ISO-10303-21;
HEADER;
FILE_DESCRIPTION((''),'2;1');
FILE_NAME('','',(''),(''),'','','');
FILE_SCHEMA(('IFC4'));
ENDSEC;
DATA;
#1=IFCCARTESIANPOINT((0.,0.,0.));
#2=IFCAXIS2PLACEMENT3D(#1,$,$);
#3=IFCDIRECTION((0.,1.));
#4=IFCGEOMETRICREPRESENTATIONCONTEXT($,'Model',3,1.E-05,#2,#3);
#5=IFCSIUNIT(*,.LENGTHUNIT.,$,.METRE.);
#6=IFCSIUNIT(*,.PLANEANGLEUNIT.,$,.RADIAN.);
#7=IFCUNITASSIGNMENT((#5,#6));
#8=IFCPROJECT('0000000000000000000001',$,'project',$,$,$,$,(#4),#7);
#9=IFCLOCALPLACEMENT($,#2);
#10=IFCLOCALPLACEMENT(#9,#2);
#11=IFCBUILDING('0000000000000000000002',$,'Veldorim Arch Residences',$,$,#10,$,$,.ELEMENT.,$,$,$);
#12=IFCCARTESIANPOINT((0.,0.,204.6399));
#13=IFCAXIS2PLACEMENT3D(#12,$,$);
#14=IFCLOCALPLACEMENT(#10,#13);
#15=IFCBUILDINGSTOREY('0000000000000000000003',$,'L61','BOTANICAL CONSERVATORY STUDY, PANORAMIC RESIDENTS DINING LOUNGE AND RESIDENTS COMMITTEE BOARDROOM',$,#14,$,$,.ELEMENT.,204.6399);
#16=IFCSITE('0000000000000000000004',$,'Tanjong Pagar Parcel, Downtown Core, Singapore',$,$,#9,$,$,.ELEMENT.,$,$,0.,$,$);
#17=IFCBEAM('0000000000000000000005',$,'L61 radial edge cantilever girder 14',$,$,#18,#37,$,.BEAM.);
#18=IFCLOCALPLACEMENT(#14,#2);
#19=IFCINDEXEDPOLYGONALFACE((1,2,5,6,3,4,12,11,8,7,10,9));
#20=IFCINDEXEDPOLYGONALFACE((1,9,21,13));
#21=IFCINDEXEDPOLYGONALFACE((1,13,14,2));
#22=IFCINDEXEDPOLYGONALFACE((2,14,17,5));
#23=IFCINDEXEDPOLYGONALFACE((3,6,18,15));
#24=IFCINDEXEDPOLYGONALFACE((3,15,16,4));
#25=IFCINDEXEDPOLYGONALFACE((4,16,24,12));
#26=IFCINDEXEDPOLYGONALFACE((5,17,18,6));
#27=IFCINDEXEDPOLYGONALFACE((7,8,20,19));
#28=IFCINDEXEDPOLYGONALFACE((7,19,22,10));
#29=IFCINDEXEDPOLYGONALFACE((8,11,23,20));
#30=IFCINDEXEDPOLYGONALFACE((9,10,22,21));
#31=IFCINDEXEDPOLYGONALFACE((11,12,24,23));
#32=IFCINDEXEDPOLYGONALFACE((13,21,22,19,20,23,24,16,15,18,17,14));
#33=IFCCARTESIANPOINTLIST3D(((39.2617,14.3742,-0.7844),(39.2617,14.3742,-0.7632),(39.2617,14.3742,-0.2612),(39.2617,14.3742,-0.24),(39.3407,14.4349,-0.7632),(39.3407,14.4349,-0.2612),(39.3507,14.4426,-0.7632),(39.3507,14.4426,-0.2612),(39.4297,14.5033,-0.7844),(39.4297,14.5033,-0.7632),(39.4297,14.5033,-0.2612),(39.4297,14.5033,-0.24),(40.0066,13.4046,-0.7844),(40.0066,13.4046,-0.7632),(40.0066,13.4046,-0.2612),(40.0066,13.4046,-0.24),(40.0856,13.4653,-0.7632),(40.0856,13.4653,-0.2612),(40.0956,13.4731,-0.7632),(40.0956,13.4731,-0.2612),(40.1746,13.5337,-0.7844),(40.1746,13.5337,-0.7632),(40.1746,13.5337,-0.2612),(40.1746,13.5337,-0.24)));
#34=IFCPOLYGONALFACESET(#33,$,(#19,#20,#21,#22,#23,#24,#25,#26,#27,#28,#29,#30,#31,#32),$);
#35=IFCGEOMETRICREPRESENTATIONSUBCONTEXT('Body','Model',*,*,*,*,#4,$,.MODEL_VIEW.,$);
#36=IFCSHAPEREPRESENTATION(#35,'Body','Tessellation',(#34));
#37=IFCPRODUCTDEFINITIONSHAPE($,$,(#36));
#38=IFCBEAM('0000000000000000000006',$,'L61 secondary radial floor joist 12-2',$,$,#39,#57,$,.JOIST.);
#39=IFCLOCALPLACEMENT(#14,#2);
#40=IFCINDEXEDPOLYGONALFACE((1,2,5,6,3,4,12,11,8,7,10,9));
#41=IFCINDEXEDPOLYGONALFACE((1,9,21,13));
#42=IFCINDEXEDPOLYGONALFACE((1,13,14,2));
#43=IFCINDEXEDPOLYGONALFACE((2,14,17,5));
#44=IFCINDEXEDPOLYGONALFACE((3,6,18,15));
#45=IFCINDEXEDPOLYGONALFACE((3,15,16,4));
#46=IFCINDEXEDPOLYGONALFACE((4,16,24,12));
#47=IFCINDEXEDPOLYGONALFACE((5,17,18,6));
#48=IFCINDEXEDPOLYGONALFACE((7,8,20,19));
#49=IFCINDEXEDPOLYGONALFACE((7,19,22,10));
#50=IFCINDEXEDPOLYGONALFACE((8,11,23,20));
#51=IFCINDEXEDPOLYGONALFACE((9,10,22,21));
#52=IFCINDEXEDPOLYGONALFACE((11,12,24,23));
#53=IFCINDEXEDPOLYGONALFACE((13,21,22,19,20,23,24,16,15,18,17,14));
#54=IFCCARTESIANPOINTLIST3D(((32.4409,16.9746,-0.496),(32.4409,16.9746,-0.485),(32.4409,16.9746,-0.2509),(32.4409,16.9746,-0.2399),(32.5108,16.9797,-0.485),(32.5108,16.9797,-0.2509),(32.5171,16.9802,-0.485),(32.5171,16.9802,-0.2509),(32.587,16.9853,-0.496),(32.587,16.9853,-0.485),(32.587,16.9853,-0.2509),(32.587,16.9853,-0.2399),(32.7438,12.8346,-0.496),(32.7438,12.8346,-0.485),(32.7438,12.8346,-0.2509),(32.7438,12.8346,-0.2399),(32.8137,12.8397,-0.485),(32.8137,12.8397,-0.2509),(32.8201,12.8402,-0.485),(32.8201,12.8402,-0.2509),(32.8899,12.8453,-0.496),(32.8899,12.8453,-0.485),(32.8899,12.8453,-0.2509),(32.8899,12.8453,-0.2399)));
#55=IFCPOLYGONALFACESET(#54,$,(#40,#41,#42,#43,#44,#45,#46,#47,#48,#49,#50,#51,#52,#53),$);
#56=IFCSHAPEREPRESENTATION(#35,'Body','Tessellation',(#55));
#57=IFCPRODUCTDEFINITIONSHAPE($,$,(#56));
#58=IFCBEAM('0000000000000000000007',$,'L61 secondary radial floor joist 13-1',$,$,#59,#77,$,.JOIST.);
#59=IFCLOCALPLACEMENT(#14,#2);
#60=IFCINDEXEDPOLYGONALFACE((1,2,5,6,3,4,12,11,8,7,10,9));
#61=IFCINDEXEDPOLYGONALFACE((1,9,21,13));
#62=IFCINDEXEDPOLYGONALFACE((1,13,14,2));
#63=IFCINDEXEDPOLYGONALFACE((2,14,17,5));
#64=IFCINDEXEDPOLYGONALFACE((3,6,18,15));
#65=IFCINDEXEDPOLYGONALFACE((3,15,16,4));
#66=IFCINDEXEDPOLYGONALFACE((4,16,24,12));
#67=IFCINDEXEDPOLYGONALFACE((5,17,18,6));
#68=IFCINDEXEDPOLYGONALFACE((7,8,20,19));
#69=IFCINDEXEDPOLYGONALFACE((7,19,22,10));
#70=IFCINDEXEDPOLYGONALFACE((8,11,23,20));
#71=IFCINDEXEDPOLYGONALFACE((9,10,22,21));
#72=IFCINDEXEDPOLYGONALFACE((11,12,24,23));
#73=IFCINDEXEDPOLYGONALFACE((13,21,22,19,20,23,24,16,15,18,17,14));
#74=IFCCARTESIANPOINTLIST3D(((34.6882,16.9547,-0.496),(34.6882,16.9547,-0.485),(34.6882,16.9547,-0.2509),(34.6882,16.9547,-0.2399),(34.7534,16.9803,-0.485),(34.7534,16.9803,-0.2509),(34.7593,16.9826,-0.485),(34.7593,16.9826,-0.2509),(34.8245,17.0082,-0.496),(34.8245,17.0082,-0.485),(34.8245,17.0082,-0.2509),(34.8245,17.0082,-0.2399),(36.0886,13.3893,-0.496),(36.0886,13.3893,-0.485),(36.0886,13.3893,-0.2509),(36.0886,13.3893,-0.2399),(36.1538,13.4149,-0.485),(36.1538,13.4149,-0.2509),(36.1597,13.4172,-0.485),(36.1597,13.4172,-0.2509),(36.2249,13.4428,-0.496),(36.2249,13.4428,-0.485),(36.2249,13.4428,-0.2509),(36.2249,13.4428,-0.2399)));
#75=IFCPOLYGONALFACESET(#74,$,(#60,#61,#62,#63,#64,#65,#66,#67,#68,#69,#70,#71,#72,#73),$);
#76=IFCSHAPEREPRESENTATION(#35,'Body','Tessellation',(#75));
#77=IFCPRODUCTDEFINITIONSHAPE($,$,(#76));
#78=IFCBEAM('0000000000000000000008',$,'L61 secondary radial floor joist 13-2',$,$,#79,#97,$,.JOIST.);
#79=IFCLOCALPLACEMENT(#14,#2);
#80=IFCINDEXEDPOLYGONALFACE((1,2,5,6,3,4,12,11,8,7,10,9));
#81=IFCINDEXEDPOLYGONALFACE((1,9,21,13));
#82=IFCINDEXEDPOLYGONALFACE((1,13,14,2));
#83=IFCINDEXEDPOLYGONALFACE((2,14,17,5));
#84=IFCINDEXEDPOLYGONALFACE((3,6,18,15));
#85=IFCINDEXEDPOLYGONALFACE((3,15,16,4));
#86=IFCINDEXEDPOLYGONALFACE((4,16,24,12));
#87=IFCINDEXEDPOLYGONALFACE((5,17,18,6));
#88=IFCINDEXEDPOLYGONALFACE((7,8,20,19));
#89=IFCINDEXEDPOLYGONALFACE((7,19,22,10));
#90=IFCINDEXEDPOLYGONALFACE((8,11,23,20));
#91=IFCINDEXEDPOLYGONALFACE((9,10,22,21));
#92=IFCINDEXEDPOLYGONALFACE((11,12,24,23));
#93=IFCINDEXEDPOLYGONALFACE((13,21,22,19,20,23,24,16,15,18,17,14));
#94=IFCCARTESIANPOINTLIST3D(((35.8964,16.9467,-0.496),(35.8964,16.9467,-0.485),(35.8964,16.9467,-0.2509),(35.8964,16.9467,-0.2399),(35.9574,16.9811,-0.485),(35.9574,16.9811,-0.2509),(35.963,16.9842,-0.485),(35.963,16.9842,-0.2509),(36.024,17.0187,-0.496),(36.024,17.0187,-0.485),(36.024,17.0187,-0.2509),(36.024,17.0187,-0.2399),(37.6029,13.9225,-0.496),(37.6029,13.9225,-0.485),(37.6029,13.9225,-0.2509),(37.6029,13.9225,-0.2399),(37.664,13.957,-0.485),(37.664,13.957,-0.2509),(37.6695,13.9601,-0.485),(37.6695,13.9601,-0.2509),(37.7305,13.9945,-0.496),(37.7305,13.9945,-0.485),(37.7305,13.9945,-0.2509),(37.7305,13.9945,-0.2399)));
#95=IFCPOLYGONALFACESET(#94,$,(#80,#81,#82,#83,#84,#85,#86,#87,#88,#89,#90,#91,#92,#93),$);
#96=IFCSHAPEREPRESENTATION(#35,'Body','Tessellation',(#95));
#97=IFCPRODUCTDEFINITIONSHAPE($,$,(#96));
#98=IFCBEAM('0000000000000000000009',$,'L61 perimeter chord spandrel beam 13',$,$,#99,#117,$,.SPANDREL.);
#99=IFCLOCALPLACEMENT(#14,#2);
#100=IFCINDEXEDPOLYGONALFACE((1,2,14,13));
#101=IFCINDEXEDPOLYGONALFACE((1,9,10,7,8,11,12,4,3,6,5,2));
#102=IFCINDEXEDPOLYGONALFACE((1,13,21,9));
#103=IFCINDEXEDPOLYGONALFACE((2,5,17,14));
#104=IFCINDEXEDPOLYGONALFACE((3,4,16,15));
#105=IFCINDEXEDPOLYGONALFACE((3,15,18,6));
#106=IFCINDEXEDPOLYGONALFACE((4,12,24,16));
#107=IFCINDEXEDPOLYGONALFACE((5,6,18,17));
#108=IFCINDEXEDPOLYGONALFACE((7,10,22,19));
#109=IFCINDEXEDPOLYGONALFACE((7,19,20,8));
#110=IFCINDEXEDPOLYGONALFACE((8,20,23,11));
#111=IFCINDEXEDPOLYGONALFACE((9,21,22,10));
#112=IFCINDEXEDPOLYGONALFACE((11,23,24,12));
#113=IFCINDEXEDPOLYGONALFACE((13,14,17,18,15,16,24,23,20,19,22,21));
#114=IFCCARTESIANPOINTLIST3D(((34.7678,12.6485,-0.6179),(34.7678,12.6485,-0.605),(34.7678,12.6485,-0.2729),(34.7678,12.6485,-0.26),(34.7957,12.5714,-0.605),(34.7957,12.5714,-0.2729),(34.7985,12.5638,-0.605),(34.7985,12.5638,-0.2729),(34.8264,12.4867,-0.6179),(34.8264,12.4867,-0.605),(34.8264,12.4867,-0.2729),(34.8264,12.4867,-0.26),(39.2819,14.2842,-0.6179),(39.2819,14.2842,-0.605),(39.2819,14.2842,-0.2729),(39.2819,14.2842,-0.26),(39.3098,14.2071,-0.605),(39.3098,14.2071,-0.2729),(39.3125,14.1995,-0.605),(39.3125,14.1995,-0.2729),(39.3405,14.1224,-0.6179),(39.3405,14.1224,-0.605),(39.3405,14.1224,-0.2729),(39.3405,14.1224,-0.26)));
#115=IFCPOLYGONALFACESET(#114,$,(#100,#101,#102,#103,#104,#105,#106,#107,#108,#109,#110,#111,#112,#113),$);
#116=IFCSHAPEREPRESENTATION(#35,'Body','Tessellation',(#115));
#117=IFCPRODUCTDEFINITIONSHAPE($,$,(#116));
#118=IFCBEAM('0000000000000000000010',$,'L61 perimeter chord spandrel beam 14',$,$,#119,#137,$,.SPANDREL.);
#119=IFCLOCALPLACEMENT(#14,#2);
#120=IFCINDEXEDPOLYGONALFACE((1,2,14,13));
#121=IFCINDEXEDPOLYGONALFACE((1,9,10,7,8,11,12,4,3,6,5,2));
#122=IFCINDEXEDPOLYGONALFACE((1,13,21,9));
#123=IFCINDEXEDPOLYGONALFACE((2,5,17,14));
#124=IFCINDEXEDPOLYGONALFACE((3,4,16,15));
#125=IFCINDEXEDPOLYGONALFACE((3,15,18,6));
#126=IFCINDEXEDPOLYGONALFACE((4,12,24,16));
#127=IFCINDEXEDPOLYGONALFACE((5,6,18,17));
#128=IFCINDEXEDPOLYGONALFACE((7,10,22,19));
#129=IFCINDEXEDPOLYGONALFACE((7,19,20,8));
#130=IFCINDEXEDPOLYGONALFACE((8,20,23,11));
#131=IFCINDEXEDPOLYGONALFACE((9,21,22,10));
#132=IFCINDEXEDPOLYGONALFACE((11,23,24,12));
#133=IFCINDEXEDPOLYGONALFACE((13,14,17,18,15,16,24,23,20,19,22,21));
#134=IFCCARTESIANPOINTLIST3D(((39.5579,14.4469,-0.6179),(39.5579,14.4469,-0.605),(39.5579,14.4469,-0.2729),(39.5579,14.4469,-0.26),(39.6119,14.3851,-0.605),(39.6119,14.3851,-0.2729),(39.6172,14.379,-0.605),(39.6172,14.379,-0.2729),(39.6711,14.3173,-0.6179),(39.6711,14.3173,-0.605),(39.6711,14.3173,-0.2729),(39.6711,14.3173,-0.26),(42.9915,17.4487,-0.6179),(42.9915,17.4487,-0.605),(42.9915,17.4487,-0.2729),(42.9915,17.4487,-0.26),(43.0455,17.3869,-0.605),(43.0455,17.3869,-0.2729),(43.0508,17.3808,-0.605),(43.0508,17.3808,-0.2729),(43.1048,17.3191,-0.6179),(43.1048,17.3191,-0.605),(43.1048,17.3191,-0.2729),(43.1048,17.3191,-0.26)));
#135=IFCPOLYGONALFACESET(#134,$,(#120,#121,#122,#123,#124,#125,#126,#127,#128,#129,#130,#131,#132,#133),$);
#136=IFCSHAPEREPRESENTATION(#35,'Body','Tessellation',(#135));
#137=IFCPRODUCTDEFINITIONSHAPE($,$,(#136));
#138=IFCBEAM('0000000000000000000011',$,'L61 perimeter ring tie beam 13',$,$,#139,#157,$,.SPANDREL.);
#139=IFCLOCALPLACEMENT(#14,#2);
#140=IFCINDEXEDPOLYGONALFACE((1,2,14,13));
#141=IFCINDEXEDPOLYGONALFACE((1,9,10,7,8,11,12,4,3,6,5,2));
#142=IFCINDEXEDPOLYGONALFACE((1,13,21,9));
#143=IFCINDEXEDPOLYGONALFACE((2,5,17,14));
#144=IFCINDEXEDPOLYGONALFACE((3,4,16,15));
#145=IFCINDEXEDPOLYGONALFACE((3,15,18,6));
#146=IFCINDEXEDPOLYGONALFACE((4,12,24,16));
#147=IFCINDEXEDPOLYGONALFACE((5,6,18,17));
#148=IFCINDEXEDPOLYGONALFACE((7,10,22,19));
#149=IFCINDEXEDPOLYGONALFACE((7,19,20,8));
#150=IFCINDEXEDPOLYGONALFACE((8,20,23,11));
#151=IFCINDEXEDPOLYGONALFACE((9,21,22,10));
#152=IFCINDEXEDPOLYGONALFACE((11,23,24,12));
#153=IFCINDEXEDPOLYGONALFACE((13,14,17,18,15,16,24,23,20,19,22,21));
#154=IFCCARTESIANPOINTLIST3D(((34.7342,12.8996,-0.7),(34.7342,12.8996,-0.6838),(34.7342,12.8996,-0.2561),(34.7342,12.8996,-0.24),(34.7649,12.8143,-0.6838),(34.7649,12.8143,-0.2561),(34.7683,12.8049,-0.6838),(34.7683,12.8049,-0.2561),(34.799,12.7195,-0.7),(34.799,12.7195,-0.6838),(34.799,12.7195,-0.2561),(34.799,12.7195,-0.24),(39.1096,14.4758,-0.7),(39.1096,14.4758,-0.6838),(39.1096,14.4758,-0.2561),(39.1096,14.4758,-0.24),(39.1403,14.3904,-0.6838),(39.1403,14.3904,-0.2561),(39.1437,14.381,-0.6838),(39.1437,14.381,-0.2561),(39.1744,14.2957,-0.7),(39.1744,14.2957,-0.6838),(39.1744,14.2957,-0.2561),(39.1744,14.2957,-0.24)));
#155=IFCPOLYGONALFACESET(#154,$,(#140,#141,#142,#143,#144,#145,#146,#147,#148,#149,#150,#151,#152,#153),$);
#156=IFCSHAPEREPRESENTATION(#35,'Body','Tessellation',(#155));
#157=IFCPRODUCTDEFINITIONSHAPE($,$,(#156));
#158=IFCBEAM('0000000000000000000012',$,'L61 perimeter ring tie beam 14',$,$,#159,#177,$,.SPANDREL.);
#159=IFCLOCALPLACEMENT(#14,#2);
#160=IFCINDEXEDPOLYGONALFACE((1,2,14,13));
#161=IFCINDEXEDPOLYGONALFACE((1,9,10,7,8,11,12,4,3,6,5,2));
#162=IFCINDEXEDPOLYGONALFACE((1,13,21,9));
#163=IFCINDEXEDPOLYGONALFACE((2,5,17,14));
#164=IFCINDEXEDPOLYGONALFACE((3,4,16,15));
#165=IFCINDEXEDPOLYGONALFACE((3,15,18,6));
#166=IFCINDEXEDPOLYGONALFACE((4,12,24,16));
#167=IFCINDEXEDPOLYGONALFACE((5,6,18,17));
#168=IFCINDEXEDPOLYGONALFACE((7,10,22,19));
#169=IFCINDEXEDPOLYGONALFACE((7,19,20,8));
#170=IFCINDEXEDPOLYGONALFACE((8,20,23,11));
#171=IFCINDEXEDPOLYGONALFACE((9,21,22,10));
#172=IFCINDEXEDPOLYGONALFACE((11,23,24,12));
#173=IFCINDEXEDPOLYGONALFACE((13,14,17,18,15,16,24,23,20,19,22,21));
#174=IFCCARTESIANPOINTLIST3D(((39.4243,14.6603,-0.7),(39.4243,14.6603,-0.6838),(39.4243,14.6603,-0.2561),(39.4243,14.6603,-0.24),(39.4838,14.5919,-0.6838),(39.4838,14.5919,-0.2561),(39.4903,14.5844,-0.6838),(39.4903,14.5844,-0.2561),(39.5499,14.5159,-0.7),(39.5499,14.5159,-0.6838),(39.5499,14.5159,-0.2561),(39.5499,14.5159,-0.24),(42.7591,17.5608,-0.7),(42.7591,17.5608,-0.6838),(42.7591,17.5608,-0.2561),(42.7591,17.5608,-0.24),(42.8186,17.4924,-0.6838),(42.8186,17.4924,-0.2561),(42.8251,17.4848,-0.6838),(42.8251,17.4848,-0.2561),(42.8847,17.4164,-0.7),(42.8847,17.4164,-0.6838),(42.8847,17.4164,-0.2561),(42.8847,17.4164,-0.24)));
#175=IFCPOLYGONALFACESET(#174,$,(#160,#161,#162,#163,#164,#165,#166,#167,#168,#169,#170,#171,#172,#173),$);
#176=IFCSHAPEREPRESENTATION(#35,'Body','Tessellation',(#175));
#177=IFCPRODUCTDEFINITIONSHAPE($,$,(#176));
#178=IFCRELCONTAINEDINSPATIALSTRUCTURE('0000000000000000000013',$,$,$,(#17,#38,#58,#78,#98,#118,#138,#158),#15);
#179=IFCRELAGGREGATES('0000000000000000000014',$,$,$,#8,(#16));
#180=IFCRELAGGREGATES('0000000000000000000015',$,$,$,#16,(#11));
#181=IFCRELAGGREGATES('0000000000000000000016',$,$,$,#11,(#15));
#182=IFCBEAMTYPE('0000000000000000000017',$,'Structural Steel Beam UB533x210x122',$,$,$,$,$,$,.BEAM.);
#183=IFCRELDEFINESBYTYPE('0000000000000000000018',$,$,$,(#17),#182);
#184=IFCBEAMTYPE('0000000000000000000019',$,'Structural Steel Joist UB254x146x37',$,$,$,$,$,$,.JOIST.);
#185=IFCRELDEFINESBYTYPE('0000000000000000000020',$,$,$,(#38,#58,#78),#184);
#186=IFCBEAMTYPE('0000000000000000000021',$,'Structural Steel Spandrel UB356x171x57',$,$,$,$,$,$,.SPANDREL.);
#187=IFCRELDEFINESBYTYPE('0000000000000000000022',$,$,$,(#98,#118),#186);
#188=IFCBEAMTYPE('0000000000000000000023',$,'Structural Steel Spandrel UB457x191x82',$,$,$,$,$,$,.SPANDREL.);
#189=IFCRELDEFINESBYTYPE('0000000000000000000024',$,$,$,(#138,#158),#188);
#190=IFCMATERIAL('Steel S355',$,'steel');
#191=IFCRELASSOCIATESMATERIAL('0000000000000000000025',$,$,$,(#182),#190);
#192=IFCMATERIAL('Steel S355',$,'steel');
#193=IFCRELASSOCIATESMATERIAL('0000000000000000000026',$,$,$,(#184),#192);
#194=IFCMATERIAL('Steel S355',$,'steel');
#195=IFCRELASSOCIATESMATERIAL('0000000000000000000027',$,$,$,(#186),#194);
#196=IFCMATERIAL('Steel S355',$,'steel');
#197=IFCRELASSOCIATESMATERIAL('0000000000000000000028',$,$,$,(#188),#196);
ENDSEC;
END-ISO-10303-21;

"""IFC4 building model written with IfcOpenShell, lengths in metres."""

from ifc_helpers import new_model, si_unit, direction, frame, origin, origin_2d, place, context, subcontext, project, spatial, i_section, extrude, material, material_profile, profile_set, type_object, element, save


model = new_model("IFC4")

# Units and contexts
model_context = context("Model", 3, precision=1e-05, world=origin(), true_north=direction((0.0, 1.0)))
body_context = subcontext(model_context, "Body", "Model", "MODEL_VIEW")
ifc_project = project(units=[si_unit("LENGTHUNIT", "METRE"), si_unit("PLANEANGLEUNIT", "RADIAN")], contexts=[model_context])

# Site, building, storey
site_placement = place(None, origin())
site = spatial("IfcSite", under=ifc_project, at=site_placement, Name="Tanjong Pagar Parcel, Downtown Core, Singapore", CompositionType="ELEMENT", RefElevation=0.0)
building_placement = place(site_placement, origin())
building = spatial("IfcBuilding", under=site, at=building_placement, Name="Veldorim Arch Residences", CompositionType="ELEMENT")
storey_placement = place(building_placement, frame((0.0, 0.0, 204.6399)))
storey = spatial("IfcBuildingStorey", under=building, at=storey_placement, Name="L61", Description="BOTANICAL CONSERVATORY STUDY, PANORAMIC RESIDENTS DINING LOUNGE AND RESIDENTS COMMITTEE BOARDROOM", CompositionType="ELEMENT", Elevation=204.6399)

# Beams
ifc_material_1 = material(Name="Steel S355", Category="steel")
ifc_material_profile_1 = material_profile(ifc_material_1, i_section(OverallWidth=0.2119, OverallDepth=0.5444, WebThickness=0.0127, FlangeThickness=0.0212, at=origin_2d()), Name="UB533x210x122")
ifc_profile_set_1 = profile_set([ifc_material_profile_1], Name="Steel S355")
beam_type_1 = type_object("IfcBeamType", Name="Structural Steel Beam UB533x210x122", PredefinedType="BEAM", material=ifc_profile_set_1)
beam_1_placement = place(storey_placement, frame((39.3457, 14.4387, -0.5122), z_axis=(0.609257, -0.792973, 0.0), x_axis=(0.792973, 0.609257, 0.0)))
element("IfcBeam", 1, at=beam_1_placement, inside=storey, type_object=beam_type_1, Name="L61 radial edge cantilever girder 14", PredefinedType="BEAM", context=body_context, shape_type="SweptSolid", body=[
    extrude(i_section(OverallWidth=0.2119, OverallDepth=0.5444, WebThickness=0.0127, FlangeThickness=0.0212, at=origin_2d()), origin(), (0.0, 0.0, 1.0), 1.2227),
])
ifc_material_2 = material(Name="Steel S355", Category="steel")
ifc_material_profile_2 = material_profile(ifc_material_2, i_section(OverallWidth=0.1465, OverallDepth=0.2561, WebThickness=0.0063, FlangeThickness=0.011, at=origin_2d()), Name="UB254x146x37")
ifc_profile_set_2 = profile_set([ifc_material_profile_2], Name="Steel S355")
beam_type_2 = type_object("IfcBeamType", Name="Structural Steel Joist UB254x146x37", PredefinedType="JOIST", material=ifc_profile_set_2)
beam_2_placement = place(storey_placement, frame((32.5139, 16.98, -0.3679), z_axis=(0.072986, -0.997333, 0.0), x_axis=(0.997333, 0.072986, 0.0)))
element("IfcBeam", 2, at=beam_2_placement, inside=storey, type_object=beam_type_2, Name="L61 secondary radial floor joist 12-2", PredefinedType="JOIST", context=body_context, shape_type="SweptSolid", body=[
    extrude(i_section(OverallWidth=0.1465, OverallDepth=0.2561, WebThickness=0.0063, FlangeThickness=0.011, at=origin_2d()), origin(), (0.0, 0.0, 1.0), 4.1511),
])
beam_3_placement = place(storey_placement, frame((34.7563, 16.9814, -0.3679), z_axis=(0.365581, -0.930779, 0.0), x_axis=(0.930779, 0.365581, 0.0)))
element("IfcBeam", 3, at=beam_3_placement, inside=storey, type_object=beam_type_2, Name="L61 secondary radial floor joist 13-1", PredefinedType="JOIST", context=body_context, shape_type="SweptSolid", body=[
    extrude(i_section(OverallWidth=0.1465, OverallDepth=0.2561, WebThickness=0.0063, FlangeThickness=0.011, at=origin_2d()), origin(), (0.0, 0.0, 1.0), 3.8306),
])
beam_4_placement = place(storey_placement, frame((35.9602, 16.9827, -0.3679), z_axis=(0.491452, -0.870904, 0.0), x_axis=(0.870904, 0.491452, 0.0)))
element("IfcBeam", 4, at=beam_4_placement, inside=storey, type_object=beam_type_2, Name="L61 secondary radial floor joist 13-2", PredefinedType="JOIST", context=body_context, shape_type="SweptSolid", body=[
    extrude(i_section(OverallWidth=0.1465, OverallDepth=0.2561, WebThickness=0.0063, FlangeThickness=0.011, at=origin_2d()), origin(), (0.0, 0.0, 1.0), 3.4724),
])
ifc_material_3 = material(Name="Steel S355", Category="steel")
ifc_material_profile_3 = material_profile(ifc_material_3, i_section(OverallWidth=0.1721, OverallDepth=0.3579, WebThickness=0.0081, FlangeThickness=0.0129, at=origin_2d()), Name="UB356x171x57")
ifc_profile_set_3 = profile_set([ifc_material_profile_3], Name="Steel S355")
beam_type_3 = type_object("IfcBeamType", Name="Structural Steel Spandrel UB356x171x57", PredefinedType="SPANDREL", material=ifc_profile_set_3)
beam_5_placement = place(storey_placement, frame((34.7971, 12.5676, -0.439), z_axis=(0.940179, 0.340681, 0.0), x_axis=(-0.340681, 0.940179, 0.0)))
element("IfcBeam", 5, at=beam_5_placement, inside=storey, type_object=beam_type_3, Name="L61 perimeter chord spandrel beam 13", PredefinedType="SPANDREL", context=body_context, shape_type="SweptSolid", body=[
    extrude(i_section(OverallWidth=0.1721, OverallDepth=0.3579, WebThickness=0.0081, FlangeThickness=0.0129, at=origin_2d()), origin(), (0.0, 0.0, 1.0), 4.8013),
])
beam_6_placement = place(storey_placement, frame((39.6145, 14.3821, -0.439), z_axis=(0.752868, 0.658171, 0.0), x_axis=(-0.658171, 0.752868, 0.0)))
element("IfcBeam", 6, at=beam_6_placement, inside=storey, type_object=beam_type_3, Name="L61 perimeter chord spandrel beam 14", PredefinedType="SPANDREL", context=body_context, shape_type="SweptSolid", body=[
    extrude(i_section(OverallWidth=0.1721, OverallDepth=0.3579, WebThickness=0.0081, FlangeThickness=0.0129, at=origin_2d()), origin(), (0.0, 0.0, 1.0), 4.5608),
])
ifc_material_4 = material(Name="Steel S355", Category="steel")
ifc_material_profile_4 = material_profile(ifc_material_4, i_section(OverallWidth=0.1914, OverallDepth=0.46, WebThickness=0.01, FlangeThickness=0.0161, at=origin_2d()), Name="UB457x191x82")
ifc_profile_set_4 = profile_set([ifc_material_profile_4], Name="Steel S355")
beam_type_4 = type_object("IfcBeamType", Name="Structural Steel Spandrel UB457x191x82", PredefinedType="SPANDREL", material=ifc_profile_set_4)
beam_7_placement = place(storey_placement, frame((34.7666, 12.8096, -0.47), z_axis=(0.940819, 0.338909, 0.0), x_axis=(-0.338909, 0.940819, 0.0)))
element("IfcBeam", 7, at=beam_7_placement, inside=storey, type_object=beam_type_4, Name="L61 perimeter ring tie beam 13", PredefinedType="SPANDREL", context=body_context, shape_type="SweptSolid", body=[
    extrude(i_section(OverallWidth=0.1914, OverallDepth=0.46, WebThickness=0.01, FlangeThickness=0.0161, at=origin_2d()), origin(), (0.0, 0.0, 1.0), 4.6506),
])
beam_8_placement = place(storey_placement, frame((39.4871, 14.5881, -0.47), z_axis=(0.754534, 0.656261, 0.0), x_axis=(-0.656261, 0.754534, 0.0)))
element("IfcBeam", 8, at=beam_8_placement, inside=storey, type_object=beam_type_4, Name="L61 perimeter ring tie beam 14", PredefinedType="SPANDREL", context=body_context, shape_type="SweptSolid", body=[
    extrude(i_section(OverallWidth=0.1914, OverallDepth=0.46, WebThickness=0.01, FlangeThickness=0.0161, at=origin_2d()), origin(), (0.0, 0.0, 1.0), 4.4197),
])

save(model, "model.ifc")
